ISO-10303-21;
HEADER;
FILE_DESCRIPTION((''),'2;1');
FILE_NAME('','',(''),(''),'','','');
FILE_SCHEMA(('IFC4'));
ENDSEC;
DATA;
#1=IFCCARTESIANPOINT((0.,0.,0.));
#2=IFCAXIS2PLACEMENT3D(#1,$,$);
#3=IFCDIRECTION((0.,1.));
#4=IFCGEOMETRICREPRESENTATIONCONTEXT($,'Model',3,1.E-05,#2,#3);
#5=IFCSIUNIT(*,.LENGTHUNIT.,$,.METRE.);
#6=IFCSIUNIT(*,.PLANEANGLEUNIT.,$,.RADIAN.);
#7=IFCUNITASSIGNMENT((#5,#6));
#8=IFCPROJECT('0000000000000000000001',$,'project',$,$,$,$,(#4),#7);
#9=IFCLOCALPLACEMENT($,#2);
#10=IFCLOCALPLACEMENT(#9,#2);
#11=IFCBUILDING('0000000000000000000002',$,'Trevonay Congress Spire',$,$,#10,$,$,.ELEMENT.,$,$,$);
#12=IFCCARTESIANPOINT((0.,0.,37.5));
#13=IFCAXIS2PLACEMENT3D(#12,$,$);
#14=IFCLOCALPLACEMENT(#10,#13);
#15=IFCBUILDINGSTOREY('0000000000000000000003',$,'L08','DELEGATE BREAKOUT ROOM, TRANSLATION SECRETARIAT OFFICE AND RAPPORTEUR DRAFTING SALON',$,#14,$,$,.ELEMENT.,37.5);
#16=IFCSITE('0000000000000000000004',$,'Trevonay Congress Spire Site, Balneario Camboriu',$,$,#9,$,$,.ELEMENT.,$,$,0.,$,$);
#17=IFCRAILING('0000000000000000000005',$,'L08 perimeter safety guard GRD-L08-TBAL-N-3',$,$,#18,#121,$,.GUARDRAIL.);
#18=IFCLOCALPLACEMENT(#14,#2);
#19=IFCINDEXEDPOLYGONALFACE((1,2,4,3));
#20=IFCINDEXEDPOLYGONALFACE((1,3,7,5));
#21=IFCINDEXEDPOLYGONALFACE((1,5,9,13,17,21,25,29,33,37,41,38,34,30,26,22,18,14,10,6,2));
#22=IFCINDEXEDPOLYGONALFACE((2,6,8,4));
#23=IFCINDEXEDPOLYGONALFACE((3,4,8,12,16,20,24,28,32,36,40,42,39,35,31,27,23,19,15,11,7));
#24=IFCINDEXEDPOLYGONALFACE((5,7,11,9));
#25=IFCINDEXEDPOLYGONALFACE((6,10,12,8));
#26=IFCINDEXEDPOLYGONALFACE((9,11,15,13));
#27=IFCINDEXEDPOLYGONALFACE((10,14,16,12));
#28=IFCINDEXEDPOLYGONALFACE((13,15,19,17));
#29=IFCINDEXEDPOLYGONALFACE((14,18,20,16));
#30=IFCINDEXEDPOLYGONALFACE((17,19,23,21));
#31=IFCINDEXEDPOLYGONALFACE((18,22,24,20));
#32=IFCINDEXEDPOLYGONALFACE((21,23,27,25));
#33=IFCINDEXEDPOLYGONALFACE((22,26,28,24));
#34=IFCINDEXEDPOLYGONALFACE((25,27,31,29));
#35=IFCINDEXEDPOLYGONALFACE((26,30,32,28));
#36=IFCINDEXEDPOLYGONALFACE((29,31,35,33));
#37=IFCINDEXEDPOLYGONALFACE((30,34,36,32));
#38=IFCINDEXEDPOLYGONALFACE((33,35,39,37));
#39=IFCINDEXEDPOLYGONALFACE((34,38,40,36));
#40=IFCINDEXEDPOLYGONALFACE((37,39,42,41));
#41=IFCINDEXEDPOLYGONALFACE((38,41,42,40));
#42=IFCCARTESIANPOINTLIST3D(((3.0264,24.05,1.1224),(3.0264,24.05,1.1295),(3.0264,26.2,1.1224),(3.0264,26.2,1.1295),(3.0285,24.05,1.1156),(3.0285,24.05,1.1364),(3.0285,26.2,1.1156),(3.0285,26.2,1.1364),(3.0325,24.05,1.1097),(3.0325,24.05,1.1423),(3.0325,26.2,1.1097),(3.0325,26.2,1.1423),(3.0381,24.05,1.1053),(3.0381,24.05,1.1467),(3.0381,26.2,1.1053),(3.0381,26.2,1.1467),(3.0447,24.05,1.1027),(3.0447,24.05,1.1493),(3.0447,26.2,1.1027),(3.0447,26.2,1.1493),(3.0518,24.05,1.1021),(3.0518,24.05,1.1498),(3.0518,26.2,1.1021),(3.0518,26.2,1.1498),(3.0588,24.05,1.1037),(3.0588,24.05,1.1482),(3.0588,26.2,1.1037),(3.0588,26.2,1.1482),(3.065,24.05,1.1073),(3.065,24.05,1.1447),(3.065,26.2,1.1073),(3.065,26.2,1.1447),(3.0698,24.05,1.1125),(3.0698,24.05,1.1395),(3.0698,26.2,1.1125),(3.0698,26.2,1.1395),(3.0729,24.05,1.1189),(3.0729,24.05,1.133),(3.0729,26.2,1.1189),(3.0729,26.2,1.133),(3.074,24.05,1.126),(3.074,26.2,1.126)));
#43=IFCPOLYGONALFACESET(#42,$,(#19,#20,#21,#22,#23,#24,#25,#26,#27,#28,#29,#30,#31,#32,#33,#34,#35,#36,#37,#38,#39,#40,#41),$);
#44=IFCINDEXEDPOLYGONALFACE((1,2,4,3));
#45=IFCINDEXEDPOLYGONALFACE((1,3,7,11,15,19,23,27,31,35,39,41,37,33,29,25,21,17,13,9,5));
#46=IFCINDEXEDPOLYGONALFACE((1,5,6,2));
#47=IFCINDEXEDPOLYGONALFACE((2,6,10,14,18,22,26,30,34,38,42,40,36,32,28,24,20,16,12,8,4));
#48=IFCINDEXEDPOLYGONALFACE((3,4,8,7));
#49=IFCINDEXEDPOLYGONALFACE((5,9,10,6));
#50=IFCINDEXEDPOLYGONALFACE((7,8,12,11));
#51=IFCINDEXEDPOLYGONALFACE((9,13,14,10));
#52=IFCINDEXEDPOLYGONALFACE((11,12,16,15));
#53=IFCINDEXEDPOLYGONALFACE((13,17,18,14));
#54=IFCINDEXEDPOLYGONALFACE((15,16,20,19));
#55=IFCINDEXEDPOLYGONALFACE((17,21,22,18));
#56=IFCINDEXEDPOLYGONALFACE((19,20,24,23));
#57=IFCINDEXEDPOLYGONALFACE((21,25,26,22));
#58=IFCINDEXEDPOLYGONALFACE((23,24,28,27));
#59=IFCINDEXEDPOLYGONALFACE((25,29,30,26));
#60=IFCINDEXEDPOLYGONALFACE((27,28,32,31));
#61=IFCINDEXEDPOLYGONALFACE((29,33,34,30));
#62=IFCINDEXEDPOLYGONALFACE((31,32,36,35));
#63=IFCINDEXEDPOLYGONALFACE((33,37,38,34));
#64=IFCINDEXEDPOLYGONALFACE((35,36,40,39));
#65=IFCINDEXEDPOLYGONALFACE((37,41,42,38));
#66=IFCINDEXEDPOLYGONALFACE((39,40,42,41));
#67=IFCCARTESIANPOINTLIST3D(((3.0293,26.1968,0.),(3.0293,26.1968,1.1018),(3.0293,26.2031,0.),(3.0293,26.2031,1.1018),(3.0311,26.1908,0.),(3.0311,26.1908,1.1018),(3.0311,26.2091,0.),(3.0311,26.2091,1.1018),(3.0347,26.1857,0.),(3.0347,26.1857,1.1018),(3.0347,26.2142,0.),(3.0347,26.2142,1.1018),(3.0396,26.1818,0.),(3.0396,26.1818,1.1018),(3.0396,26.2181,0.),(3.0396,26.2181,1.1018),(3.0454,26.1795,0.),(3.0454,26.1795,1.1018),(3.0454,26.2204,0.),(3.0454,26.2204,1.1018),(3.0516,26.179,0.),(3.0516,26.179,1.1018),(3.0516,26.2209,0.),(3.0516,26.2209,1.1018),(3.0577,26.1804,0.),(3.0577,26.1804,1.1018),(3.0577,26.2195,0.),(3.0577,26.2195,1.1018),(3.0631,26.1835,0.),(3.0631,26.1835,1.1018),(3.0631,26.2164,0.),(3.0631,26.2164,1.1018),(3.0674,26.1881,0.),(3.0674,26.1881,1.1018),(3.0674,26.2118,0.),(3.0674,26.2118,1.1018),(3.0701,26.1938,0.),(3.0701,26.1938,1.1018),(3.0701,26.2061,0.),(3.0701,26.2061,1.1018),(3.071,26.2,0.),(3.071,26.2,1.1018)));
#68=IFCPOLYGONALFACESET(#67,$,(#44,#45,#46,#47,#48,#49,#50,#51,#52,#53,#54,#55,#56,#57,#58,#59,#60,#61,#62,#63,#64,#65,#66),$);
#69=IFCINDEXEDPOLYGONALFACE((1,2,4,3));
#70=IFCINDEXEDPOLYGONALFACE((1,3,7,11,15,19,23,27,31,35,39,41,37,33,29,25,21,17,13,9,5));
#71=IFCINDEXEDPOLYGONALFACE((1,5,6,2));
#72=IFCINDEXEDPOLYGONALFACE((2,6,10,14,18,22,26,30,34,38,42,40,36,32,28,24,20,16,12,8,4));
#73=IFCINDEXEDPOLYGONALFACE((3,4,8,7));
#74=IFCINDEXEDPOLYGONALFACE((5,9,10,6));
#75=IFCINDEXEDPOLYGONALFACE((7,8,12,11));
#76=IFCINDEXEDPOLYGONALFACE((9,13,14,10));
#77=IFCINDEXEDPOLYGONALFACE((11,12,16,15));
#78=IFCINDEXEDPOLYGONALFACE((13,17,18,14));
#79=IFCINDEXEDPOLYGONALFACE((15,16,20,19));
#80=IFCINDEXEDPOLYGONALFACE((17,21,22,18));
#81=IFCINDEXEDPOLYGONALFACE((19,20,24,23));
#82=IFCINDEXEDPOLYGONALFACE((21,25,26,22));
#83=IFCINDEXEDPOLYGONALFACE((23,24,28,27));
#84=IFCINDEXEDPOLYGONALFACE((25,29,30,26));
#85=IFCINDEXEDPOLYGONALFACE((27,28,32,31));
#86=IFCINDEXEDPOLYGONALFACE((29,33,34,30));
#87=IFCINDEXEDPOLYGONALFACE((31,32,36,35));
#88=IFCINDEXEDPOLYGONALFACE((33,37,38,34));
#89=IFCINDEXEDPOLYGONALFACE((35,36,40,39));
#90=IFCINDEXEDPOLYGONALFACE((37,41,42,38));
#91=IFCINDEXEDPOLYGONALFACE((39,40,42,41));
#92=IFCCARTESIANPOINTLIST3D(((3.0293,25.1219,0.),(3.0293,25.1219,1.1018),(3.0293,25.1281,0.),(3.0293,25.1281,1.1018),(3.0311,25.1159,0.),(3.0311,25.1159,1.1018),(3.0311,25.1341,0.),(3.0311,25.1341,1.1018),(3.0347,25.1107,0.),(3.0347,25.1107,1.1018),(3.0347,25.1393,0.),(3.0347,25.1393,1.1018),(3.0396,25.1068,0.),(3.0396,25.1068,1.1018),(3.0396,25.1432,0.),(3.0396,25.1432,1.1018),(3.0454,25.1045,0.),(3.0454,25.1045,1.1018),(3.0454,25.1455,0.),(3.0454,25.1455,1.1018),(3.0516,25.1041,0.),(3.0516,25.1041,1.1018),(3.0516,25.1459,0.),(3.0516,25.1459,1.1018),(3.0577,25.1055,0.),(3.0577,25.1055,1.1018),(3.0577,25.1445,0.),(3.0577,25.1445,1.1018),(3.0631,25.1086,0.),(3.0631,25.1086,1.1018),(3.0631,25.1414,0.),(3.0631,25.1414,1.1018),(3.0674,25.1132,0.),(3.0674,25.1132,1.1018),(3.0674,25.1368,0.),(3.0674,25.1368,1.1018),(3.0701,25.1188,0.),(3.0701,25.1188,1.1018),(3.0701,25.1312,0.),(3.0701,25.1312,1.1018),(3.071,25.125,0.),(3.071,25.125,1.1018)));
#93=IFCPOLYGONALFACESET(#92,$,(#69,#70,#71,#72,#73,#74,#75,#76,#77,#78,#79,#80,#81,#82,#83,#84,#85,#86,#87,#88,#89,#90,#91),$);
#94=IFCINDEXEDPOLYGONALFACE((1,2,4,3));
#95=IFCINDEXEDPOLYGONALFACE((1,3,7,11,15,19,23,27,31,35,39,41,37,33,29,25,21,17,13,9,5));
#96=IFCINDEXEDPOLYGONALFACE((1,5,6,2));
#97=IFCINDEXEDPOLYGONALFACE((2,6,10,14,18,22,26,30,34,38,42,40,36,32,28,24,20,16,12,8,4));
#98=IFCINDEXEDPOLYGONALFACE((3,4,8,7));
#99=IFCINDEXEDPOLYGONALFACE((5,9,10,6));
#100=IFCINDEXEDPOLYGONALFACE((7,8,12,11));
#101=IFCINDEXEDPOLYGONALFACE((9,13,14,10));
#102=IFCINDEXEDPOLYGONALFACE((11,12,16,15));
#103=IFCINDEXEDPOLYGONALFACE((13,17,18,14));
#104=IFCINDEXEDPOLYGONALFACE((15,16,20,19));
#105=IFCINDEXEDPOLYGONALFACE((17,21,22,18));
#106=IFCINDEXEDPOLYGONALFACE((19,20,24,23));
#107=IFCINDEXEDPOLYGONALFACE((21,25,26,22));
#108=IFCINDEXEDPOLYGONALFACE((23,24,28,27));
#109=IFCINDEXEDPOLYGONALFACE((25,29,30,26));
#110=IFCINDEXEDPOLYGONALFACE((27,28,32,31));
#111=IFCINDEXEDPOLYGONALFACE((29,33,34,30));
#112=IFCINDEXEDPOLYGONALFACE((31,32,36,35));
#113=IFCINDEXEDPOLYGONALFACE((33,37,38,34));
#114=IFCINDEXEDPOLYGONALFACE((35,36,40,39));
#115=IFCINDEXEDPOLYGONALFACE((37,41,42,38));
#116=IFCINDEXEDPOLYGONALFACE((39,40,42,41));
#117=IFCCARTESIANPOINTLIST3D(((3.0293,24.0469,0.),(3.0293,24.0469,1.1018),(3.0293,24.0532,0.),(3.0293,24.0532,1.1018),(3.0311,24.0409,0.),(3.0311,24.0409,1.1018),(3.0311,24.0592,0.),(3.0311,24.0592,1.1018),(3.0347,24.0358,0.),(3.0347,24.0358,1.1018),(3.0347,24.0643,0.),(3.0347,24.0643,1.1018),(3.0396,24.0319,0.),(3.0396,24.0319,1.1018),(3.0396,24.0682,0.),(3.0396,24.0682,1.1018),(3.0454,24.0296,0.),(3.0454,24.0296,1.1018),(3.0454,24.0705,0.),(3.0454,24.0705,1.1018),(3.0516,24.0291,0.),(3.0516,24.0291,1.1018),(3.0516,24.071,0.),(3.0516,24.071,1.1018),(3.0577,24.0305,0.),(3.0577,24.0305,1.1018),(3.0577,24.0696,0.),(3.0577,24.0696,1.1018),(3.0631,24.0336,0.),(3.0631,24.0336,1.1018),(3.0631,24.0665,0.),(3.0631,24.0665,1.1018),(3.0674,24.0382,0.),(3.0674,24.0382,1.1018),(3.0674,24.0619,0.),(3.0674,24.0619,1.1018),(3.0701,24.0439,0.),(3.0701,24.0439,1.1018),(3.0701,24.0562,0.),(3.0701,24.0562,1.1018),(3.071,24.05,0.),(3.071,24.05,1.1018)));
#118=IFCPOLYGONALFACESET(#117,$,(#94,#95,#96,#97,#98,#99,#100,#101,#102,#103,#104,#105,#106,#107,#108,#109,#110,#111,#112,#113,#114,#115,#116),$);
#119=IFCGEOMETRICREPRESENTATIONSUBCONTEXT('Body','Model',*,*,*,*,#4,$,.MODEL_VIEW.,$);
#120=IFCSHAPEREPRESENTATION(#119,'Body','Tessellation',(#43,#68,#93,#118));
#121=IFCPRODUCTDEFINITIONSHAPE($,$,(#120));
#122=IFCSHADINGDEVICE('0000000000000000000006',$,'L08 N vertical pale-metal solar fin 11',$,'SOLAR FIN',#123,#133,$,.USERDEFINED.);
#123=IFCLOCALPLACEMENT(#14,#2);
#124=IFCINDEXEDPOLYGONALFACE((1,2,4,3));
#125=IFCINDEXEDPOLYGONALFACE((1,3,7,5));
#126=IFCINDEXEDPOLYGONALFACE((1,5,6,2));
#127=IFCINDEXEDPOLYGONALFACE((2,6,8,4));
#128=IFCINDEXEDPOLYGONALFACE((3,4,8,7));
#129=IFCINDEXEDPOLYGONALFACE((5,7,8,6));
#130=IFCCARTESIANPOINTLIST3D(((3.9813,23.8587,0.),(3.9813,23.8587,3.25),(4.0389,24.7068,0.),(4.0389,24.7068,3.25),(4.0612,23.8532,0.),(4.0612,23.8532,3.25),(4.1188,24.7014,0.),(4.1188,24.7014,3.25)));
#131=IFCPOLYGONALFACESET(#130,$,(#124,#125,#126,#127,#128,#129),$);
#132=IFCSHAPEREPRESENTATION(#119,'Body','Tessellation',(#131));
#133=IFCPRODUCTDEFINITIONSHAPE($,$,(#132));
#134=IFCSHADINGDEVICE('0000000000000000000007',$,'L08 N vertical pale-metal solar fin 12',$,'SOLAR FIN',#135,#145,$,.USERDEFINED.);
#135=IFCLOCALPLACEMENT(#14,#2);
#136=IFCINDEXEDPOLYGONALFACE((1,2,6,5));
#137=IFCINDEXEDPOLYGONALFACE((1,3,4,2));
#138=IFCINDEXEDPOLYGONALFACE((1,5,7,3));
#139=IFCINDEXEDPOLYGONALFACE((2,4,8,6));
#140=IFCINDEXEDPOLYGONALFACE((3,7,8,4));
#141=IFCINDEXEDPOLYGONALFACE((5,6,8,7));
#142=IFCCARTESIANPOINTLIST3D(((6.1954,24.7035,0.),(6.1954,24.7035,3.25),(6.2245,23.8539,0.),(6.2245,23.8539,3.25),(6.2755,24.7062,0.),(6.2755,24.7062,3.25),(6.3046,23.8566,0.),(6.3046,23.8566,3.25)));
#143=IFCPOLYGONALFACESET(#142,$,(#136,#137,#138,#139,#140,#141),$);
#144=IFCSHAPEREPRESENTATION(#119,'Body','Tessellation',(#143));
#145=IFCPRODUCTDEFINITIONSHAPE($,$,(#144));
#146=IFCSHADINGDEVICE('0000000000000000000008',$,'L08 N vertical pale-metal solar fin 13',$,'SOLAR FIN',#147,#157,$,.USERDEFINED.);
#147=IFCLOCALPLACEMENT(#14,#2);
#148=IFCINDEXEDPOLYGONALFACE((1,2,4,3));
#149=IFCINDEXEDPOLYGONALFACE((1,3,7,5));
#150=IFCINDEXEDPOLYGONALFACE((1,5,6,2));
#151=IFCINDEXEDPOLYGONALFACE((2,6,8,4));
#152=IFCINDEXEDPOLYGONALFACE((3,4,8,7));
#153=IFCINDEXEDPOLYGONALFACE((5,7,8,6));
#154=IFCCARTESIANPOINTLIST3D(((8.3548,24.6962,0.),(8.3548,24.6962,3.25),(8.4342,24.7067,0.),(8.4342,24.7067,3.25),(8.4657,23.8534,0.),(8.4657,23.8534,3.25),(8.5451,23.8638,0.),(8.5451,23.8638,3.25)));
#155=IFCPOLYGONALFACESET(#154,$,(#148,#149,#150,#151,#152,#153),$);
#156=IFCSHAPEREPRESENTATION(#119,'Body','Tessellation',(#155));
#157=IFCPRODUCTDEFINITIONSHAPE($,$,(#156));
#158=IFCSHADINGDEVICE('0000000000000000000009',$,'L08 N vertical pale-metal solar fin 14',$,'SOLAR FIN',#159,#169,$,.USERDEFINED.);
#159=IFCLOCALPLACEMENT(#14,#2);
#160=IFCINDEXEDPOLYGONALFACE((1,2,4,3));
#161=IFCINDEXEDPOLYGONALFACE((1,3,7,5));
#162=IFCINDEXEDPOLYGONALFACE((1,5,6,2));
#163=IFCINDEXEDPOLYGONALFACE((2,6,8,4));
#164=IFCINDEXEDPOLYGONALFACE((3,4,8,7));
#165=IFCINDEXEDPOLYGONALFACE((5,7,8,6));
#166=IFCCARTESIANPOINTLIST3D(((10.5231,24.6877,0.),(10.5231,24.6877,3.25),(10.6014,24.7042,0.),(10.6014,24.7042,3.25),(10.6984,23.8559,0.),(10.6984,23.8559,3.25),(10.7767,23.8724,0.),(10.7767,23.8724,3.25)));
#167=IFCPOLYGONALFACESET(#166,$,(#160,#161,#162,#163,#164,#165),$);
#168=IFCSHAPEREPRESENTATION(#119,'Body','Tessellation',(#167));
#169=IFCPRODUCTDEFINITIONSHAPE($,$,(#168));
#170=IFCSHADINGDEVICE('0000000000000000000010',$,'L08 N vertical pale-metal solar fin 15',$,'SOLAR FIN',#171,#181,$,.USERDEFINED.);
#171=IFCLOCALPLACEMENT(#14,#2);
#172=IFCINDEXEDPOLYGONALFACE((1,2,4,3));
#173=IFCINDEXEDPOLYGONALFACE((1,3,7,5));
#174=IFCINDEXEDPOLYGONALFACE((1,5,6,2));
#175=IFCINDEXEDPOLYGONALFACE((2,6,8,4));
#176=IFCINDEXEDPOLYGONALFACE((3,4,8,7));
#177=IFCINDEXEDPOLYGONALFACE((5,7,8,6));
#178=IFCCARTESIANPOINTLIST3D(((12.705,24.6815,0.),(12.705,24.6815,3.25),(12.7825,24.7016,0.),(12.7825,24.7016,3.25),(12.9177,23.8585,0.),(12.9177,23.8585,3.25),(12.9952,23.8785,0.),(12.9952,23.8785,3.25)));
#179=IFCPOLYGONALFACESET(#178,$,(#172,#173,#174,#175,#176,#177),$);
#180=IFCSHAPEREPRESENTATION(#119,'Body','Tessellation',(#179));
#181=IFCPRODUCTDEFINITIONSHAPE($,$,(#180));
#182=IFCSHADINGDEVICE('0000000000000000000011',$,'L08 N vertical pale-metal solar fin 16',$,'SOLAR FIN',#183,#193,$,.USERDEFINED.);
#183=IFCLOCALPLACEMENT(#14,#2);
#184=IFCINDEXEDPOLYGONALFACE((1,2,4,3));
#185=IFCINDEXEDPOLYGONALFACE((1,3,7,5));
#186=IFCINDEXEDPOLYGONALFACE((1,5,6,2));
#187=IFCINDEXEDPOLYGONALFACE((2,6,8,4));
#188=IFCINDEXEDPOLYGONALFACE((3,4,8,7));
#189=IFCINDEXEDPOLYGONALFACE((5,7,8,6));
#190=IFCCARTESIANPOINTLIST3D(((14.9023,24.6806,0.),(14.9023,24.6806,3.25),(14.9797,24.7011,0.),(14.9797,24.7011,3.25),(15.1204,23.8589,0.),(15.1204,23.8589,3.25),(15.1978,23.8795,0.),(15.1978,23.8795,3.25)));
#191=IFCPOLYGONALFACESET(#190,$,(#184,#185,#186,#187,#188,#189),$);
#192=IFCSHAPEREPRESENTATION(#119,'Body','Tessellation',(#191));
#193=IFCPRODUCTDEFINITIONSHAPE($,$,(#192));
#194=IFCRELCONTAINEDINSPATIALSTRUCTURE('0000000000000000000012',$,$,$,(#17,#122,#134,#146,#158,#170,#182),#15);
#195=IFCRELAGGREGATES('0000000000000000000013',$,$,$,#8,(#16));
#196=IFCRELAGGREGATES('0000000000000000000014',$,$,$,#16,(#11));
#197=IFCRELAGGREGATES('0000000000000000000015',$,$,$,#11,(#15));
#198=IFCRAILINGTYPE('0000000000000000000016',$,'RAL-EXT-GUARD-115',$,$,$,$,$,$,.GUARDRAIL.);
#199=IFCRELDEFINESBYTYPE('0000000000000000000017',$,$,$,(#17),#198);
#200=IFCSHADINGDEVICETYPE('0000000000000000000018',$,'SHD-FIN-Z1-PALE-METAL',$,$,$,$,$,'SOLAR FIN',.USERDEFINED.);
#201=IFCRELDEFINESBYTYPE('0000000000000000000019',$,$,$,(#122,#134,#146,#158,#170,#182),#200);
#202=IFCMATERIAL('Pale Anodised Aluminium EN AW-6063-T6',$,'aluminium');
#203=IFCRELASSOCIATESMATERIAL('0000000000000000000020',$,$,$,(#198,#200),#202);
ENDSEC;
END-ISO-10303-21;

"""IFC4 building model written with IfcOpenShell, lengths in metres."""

from ifc_helpers import new_model, si_unit, direction, frame, origin, origin_2d, place, context, subcontext, project, spatial, rectangle, circle, extrude, material, type_object, element, save


model = new_model("IFC4")

# Units and contexts
model_context = context("Model", 3, precision=1e-05, world=origin(), true_north=direction((0.0, 1.0)))
body_context = subcontext(model_context, "Body", "Model", "MODEL_VIEW")
ifc_project = project(units=[si_unit("LENGTHUNIT", "METRE"), si_unit("PLANEANGLEUNIT", "RADIAN")], contexts=[model_context])

# Site, building, storey
site_placement = place(None, origin())
site = spatial("IfcSite", under=ifc_project, at=site_placement, Name="Trevonay Congress Spire Site, Balneario Camboriu", CompositionType="ELEMENT", RefElevation=0.0)
building_placement = place(site_placement, origin())
building = spatial("IfcBuilding", under=site, at=building_placement, Name="Trevonay Congress Spire", CompositionType="ELEMENT")
storey_placement = place(building_placement, frame((0.0, 0.0, 37.5)))
storey = spatial("IfcBuildingStorey", under=building, at=storey_placement, Name="L08", Description="DELEGATE BREAKOUT ROOM, TRANSLATION SECRETARIAT OFFICE AND RAPPORTEUR DRAFTING SALON", CompositionType="ELEMENT", Elevation=37.5)

# Shared definitions
ifc_material_1 = material(Name="Pale Anodised Aluminium EN AW-6063-T6", Category="aluminium")

# Railing
railing_type = type_object("IfcRailingType", Name="RAL-EXT-GUARD-115", PredefinedType="GUARDRAIL", material=ifc_material_1)
railing_placement = place(storey_placement, frame((3.05, 26.2, 0.0)))
element("IfcRailing", 1, at=railing_placement, inside=storey, type_object=railing_type, Name="L08 perimeter safety guard GRD-L08-TBAL-N-3", PredefinedType="GUARDRAIL", context=body_context, shape_type="SweptSolid", body=[
    extrude(circle(Radius=0.0239, at=origin_2d()), frame((0.0, 0.0, 1.126), z_axis=(0.0, -1.0, 0.0), x_axis=(1.0, 0.0, 0.0)), (0.0, 0.0, 1.0), 2.1499),
    extrude(circle(Radius=0.021, at=origin_2d()), origin(), (0.0, 0.0, 1.0), 1.1018),
    extrude(circle(Radius=0.021, at=origin_2d()), frame((0.0, -1.075, 0.0)), (0.0, 0.0, 1.0), 1.1018),
    extrude(circle(Radius=0.021, at=origin_2d()), frame((0.0, -2.1499, 0.0)), (0.0, 0.0, 1.0), 1.1018),
])

# Shading devices
shading_device_type = type_object("IfcShadingDeviceType", Name="SHD-FIN-Z1-PALE-METAL", ElementType="SOLAR FIN", PredefinedType="USERDEFINED", material=ifc_material_1)
for number, where, z_axis, x_axis, name in (
    (2, (4.05, 24.28, 0.0), (0.0, 0.0, 1.0), (0.997708, -0.067667, 0.0), "L08 N vertical pale-metal solar fin 11"),
    (3, (6.25, 24.28, 0.0), (0.0, 0.0, 1.0), (0.999415, 0.034202, 0.0), "L08 N vertical pale-metal solar fin 12"),
    (4, (8.45, 24.28, 0.0), (0.0, 0.0, 1.0), (0.991445, 0.130526, 0.0), "L08 N vertical pale-metal solar fin 13"),
    (5, (10.6499, 24.28, 0.0), (0.0, 0.0, 1.0), (0.978509, 0.206204, 0.0), "L08 N vertical pale-metal solar fin 14"),
    (6, (12.8501, 24.28, 0.0), (0.0, 0.0, 1.0), (0.968191, 0.250211, 0.0), "L08 N vertical pale-metal solar fin 15"),
    (7, (15.05, 24.28, 0.0), (0.0, 0.0, 1.0), (0.966511, 0.256627, 0.0), "L08 N vertical pale-metal solar fin 16"),
):
    element("IfcShadingDevice", number, at=place(storey_placement, frame(where, z_axis=z_axis, x_axis=x_axis)), inside=storey, type_object=shading_device_type, Name=name, ObjectType="SOLAR FIN", PredefinedType="USERDEFINED", context=body_context, shape_type="SweptSolid", body=[
        extrude(rectangle(XDim=0.0801, YDim=0.8501, at=origin_2d()), origin(), (0.0, 0.0, 1.0), 3.25),
    ])

save(model, "model.ifc")
